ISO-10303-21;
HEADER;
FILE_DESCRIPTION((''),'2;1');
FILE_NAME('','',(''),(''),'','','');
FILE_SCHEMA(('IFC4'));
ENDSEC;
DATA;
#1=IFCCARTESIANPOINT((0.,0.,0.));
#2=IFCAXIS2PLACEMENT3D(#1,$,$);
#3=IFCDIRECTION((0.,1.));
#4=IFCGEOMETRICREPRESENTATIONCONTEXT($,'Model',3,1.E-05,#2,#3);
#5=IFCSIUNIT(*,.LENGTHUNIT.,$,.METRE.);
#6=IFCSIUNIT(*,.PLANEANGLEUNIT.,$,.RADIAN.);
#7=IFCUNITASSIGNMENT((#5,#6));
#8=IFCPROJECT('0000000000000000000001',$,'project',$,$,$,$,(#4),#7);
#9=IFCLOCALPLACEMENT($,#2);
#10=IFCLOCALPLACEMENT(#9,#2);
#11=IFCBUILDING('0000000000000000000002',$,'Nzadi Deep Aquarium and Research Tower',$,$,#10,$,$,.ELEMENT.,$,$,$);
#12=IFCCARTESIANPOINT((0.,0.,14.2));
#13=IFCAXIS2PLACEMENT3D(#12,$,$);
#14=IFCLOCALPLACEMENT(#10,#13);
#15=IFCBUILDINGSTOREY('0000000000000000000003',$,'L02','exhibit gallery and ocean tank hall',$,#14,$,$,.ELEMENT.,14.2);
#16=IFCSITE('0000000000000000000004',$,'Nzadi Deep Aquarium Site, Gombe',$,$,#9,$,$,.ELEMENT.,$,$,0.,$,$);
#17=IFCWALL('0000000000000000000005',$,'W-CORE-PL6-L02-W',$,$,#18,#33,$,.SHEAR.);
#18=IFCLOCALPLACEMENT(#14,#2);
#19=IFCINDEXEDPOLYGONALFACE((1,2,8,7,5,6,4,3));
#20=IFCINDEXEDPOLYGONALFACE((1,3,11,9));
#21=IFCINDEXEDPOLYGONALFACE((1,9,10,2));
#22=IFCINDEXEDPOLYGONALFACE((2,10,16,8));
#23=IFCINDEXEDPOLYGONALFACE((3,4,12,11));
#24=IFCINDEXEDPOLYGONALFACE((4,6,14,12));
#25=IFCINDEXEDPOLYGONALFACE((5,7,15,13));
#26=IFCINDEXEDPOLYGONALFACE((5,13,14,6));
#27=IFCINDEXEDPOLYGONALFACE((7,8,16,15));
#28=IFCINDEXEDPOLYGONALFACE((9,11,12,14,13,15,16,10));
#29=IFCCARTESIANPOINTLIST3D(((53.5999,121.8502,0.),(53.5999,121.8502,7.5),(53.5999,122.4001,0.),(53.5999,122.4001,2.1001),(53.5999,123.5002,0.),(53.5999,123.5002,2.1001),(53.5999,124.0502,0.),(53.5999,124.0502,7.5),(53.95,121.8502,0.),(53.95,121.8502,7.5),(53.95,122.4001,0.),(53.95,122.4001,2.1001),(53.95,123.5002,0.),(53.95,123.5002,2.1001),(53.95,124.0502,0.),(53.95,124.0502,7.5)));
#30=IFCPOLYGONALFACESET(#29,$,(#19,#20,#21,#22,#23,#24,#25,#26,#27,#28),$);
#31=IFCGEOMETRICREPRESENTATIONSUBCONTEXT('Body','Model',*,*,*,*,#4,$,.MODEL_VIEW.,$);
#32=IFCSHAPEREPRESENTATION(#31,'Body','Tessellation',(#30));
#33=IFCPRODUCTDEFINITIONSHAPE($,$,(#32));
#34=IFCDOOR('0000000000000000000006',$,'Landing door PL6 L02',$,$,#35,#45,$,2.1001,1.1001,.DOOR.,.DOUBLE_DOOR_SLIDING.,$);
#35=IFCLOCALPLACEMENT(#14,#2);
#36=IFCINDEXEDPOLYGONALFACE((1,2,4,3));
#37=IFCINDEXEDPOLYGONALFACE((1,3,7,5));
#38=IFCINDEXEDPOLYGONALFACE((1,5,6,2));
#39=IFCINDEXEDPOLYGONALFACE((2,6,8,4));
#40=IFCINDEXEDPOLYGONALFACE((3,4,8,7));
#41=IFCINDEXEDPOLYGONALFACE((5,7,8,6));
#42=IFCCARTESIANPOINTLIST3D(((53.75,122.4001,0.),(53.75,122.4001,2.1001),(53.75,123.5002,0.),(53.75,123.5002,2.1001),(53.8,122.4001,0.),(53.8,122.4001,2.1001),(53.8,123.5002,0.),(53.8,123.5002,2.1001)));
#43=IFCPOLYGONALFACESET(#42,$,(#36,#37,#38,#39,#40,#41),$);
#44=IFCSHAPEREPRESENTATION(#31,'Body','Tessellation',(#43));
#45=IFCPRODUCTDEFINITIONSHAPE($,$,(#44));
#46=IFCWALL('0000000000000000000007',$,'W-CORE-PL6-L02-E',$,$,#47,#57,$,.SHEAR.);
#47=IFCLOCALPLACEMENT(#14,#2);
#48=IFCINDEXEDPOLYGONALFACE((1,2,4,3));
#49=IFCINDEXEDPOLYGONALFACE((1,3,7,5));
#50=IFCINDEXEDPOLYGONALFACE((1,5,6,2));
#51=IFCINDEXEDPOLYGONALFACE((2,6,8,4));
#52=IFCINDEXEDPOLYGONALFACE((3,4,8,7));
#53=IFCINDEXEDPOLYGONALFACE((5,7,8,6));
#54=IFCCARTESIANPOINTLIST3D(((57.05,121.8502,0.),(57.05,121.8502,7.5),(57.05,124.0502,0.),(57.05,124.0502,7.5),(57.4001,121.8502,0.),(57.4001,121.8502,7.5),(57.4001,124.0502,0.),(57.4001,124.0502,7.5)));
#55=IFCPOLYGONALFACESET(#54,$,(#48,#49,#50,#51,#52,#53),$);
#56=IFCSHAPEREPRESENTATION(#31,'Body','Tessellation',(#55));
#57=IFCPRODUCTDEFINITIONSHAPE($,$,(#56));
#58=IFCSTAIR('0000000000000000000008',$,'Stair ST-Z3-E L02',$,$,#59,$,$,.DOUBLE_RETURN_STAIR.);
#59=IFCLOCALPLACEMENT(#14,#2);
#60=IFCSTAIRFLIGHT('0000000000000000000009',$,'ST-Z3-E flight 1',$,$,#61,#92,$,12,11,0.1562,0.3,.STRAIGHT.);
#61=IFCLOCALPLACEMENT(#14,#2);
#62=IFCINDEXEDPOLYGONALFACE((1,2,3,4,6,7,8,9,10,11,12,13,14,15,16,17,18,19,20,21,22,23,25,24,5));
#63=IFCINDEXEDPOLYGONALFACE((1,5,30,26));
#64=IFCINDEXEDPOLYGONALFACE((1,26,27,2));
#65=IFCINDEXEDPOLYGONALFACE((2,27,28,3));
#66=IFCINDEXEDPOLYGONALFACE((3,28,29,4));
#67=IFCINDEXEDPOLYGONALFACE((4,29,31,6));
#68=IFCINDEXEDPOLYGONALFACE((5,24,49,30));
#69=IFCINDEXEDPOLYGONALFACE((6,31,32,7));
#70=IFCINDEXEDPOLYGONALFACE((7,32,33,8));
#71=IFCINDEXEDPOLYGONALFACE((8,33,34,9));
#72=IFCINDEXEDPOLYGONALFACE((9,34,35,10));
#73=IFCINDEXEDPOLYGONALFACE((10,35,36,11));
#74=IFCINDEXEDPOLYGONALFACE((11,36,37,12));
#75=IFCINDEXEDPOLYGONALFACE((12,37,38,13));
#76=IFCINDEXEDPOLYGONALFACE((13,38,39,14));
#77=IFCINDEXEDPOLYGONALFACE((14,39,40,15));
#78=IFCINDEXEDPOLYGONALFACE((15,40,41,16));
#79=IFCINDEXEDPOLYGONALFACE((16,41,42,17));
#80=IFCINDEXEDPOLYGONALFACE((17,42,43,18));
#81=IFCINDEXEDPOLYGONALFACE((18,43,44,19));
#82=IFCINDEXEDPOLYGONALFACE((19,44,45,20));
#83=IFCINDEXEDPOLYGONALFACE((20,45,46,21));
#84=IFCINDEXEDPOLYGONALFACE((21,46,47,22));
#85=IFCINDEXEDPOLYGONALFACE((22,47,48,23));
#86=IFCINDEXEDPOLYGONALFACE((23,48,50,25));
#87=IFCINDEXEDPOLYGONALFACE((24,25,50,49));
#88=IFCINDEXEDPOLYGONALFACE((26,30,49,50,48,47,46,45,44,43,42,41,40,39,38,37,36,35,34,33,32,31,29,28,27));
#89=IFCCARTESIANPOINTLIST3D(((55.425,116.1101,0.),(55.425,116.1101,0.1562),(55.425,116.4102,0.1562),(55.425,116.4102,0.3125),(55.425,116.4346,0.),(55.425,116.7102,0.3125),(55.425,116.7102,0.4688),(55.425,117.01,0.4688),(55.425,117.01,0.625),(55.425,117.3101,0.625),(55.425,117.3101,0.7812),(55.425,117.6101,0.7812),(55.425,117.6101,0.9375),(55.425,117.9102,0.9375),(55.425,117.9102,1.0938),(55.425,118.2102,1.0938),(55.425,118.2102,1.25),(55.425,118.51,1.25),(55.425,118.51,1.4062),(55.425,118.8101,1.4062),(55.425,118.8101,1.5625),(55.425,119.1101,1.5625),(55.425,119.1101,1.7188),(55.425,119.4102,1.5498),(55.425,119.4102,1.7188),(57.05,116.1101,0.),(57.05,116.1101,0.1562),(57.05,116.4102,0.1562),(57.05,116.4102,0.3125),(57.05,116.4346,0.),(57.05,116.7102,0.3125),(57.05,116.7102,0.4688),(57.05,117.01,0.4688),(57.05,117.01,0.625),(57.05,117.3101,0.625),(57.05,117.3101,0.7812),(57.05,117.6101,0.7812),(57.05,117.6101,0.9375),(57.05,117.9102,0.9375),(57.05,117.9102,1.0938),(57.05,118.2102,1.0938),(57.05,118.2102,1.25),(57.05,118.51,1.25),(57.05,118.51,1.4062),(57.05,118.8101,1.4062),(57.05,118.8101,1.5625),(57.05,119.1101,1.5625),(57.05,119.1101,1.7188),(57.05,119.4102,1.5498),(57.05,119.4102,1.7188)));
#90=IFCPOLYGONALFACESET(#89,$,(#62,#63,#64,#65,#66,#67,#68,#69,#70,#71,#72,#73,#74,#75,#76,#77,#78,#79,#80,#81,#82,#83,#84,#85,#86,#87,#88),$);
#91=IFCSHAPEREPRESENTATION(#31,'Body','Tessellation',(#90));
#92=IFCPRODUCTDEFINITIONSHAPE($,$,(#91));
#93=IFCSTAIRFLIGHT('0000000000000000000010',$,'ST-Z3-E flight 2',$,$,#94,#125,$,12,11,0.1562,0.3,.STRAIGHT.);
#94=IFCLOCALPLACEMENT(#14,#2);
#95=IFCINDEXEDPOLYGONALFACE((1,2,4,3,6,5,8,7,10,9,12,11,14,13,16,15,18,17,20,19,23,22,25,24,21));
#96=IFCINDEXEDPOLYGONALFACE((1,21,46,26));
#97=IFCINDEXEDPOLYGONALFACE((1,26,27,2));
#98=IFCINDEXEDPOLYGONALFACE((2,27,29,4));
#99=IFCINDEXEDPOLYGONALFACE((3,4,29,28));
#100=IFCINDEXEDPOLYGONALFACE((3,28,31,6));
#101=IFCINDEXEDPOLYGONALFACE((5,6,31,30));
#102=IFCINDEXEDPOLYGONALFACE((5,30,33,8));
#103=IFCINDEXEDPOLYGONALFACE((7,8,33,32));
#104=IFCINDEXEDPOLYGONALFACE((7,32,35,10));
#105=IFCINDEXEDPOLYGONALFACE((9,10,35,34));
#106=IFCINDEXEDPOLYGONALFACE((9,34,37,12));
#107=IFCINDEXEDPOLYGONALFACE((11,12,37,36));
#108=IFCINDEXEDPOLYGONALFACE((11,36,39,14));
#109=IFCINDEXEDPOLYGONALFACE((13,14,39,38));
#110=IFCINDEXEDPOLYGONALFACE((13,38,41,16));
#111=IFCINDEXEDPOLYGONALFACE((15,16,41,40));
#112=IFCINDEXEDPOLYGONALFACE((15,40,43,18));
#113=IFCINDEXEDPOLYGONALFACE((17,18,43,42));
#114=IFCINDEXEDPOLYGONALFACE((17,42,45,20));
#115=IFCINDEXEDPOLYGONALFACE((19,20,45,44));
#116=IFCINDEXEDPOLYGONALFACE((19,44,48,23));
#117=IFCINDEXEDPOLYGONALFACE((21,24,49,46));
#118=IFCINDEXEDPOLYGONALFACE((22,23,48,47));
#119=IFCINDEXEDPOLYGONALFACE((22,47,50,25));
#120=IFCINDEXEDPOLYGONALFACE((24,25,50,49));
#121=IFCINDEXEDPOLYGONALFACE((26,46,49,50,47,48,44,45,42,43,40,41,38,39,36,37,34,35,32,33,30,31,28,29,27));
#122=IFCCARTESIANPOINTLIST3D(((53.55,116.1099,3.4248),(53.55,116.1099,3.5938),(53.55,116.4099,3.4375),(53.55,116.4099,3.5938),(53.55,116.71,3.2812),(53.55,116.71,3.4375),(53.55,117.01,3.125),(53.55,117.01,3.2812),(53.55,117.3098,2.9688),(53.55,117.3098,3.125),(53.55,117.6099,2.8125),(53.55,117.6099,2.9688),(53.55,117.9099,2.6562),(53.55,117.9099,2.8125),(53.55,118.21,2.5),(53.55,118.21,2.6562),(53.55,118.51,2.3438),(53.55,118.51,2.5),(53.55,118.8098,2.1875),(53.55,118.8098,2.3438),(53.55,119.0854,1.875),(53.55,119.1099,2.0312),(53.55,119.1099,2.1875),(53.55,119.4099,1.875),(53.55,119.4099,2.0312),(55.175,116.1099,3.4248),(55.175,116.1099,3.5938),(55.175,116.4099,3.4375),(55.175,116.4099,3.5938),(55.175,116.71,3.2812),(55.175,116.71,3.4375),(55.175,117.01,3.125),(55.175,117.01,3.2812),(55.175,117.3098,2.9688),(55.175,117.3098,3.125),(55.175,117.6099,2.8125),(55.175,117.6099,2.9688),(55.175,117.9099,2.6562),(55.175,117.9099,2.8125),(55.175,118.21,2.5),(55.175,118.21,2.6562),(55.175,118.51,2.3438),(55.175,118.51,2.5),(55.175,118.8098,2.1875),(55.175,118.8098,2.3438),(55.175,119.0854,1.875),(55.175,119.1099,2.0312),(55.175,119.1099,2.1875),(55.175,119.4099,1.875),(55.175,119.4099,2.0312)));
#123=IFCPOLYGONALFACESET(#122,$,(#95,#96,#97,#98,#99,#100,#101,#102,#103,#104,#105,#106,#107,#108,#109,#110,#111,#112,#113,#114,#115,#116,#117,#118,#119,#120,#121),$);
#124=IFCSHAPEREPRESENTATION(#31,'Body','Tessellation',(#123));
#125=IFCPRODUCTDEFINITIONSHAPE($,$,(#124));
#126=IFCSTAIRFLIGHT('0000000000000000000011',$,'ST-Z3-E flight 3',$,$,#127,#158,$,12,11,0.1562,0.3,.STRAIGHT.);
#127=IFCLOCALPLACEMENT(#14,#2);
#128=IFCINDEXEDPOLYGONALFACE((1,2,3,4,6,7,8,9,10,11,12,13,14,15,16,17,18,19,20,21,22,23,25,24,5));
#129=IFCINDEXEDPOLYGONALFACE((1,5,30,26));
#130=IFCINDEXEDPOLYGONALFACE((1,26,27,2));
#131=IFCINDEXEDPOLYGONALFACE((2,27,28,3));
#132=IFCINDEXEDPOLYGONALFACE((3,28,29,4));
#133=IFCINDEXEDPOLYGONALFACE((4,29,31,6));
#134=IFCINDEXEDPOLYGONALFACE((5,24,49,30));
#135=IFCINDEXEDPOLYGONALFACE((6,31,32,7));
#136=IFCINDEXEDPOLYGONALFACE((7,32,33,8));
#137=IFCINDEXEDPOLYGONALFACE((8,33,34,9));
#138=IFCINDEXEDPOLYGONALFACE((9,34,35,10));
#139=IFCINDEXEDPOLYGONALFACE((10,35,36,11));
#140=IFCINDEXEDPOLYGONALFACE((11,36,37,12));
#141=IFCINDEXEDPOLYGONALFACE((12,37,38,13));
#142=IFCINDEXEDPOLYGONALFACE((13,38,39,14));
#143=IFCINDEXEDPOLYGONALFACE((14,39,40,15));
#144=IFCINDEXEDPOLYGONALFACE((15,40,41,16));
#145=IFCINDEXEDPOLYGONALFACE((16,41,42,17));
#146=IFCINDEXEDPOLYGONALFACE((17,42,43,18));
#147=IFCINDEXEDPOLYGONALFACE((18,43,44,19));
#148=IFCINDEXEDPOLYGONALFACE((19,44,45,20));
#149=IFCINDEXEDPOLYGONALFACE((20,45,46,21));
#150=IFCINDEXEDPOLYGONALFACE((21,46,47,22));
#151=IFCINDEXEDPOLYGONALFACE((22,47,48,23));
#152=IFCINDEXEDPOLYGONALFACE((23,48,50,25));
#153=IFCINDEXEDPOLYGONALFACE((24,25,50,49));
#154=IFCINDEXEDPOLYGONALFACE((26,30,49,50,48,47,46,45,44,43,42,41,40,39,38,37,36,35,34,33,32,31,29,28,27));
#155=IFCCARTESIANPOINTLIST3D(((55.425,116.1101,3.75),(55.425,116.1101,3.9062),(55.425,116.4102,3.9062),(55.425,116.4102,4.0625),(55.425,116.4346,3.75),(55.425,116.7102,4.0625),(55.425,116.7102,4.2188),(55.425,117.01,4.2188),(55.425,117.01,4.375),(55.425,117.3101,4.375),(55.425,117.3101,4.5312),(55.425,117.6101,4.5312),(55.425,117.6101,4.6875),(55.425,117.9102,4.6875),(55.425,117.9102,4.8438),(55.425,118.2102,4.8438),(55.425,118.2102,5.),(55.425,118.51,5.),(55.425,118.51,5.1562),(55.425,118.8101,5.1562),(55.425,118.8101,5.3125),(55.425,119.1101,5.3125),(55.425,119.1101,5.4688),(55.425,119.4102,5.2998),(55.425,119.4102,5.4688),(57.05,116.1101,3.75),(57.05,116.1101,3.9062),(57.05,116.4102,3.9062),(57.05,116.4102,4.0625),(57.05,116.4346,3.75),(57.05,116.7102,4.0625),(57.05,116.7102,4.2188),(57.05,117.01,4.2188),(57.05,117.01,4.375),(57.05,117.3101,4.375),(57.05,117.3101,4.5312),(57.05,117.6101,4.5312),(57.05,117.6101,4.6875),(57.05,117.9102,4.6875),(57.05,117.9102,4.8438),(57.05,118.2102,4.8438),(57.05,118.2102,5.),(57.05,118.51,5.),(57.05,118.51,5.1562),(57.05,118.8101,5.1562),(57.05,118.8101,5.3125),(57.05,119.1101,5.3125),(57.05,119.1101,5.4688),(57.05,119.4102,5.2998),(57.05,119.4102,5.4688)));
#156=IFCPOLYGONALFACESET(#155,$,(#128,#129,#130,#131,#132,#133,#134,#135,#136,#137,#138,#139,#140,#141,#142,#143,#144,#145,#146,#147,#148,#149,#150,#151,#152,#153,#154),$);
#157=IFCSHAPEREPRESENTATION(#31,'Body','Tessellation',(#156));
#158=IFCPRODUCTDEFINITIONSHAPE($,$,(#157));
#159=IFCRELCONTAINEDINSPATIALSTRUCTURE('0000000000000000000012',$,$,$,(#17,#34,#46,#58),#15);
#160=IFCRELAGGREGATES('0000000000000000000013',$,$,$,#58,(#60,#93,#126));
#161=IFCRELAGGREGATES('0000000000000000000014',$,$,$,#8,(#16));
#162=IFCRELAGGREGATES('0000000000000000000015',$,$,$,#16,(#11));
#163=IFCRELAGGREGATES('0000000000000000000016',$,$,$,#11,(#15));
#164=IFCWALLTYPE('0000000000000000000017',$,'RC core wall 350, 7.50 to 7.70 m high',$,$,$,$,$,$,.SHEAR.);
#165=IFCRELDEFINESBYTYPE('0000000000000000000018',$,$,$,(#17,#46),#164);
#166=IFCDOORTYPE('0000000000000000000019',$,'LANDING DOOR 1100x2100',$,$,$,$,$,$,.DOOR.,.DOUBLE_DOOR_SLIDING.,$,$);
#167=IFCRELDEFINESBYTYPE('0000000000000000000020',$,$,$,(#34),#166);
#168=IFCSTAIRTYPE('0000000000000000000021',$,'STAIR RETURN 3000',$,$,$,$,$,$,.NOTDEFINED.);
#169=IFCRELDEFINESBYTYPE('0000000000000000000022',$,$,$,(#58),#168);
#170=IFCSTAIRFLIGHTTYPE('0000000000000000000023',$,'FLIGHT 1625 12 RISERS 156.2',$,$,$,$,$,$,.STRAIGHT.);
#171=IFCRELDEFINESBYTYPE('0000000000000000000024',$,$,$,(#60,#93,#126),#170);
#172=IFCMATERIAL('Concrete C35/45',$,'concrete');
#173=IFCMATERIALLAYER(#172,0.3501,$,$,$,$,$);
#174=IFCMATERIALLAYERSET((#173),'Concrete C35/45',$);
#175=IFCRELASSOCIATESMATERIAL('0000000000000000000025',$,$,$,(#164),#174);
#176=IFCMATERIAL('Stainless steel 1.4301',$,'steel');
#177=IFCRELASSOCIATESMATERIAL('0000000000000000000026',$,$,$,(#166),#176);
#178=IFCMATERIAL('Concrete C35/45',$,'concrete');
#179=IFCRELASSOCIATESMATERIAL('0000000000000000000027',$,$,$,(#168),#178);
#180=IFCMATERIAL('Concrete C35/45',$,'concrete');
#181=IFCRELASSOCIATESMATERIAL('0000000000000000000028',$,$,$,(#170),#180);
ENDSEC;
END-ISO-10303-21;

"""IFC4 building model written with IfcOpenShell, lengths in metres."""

from ifc_helpers import new_model, si_unit, direction, frame, frame_2d, origin, place, context, subcontext, project, spatial, polyline, rectangle, outline, extrude, material, layer, layer_set, type_object, element, fill, aggregate, save


model = new_model("IFC4")

# Units and contexts
model_context = context("Model", 3, precision=1e-05, world=origin(), true_north=direction((0.0, 1.0)))
body_context = subcontext(model_context, "Body", "Model", "MODEL_VIEW")
ifc_project = project(units=[si_unit("LENGTHUNIT", "METRE"), si_unit("PLANEANGLEUNIT", "RADIAN")], contexts=[model_context])

# Site, building, storey
site_placement = place(None, origin())
site = spatial("IfcSite", under=ifc_project, at=site_placement, Name="Nzadi Deep Aquarium Site, Gombe", CompositionType="ELEMENT", RefElevation=0.0)
building_placement = place(site_placement, origin())
building = spatial("IfcBuilding", under=site, at=building_placement, Name="Nzadi Deep Aquarium and Research Tower", CompositionType="ELEMENT")
storey_placement = place(building_placement, frame((0.0, 0.0, 14.2)))
storey = spatial("IfcBuildingStorey", under=building, at=storey_placement, Name="L02", Description="exhibit gallery and ocean tank hall", CompositionType="ELEMENT", Elevation=14.2)

# Shared definitions
ifc_material_1 = material(Name="Concrete C35/45", Category="concrete")
ifc_layer = layer(ifc_material_1, 0.3501)
ifc_layer_set = layer_set([ifc_layer], Name="Concrete C35/45")
wall_type = type_object("IfcWallType", Name="RC core wall 350, 7.50 to 7.70 m high", PredefinedType="SHEAR", material=ifc_layer_set)

# Wall, opening, door
wall_1_placement = place(storey_placement, frame((53.7749, 121.8501, 0.0), z_axis=(0.0, 0.0, 1.0), x_axis=(0.0, 1.0, 0.0)))
wall_1 = element("IfcWall", 1, at=wall_1_placement, inside=storey, type_object=wall_type, Name="W-CORE-PL6-L02-W", PredefinedType="SHEAR", context=body_context, shape_type="SweptSolid", body=[
    extrude(rectangle(XDim=2.2, YDim=0.3501, at=frame_2d((1.1001, 0.0))), origin(), (0.0, 0.0, 1.0), 7.5),
])
opening_1_placement = place(wall_1_placement, frame((0.55, 0.0, 0.0)))
opening_1 = element("IfcOpeningElement", 2, at=opening_1_placement, cuts=wall_1, PredefinedType="OPENING", context=body_context, shape_type="SweptSolid", body=[
    extrude(rectangle(XDim=1.1001, YDim=2.1001, at=frame_2d((0.55, 1.05))), frame((0.0, 0.1851, 0.0), z_axis=(0.0, -1.0, 0.0), x_axis=(1.0, 0.0, 0.0)), (0.0, 0.0, 1.0), 0.3701),
])
ifc_material_2 = material(Name="Stainless steel 1.4301", Category="steel")
door_type_1 = type_object("IfcDoorType", Name="LANDING DOOR 1100x2100", OperationType="DOUBLE_DOOR_SLIDING", PredefinedType="DOOR", material=ifc_material_2)
door_1_placement = place(opening_1_placement, origin())
door_1 = element("IfcDoor", 3, at=door_1_placement, inside=storey, type_object=door_type_1, Name="Landing door PL6 L02", OperationType="DOUBLE_DOOR_SLIDING", OverallHeight=2.1001, OverallWidth=1.1001, PredefinedType="DOOR", context=body_context, shape_type="SweptSolid", body=[
    extrude(rectangle(XDim=1.1001, YDim=2.1001, at=frame_2d((0.55, 1.05))), frame((0.0, 0.0249, 0.0), z_axis=(0.0, -1.0, 0.0), x_axis=(1.0, 0.0, 0.0)), (0.0, 0.0, 1.0), 0.05),
])
fill(opening_1, door_1)

# Wall
wall_2_placement = place(storey_placement, frame((57.2251, 121.8501, 0.0), z_axis=(0.0, 0.0, 1.0), x_axis=(0.0, 1.0, 0.0)))
element("IfcWall", 4, at=wall_2_placement, inside=storey, type_object=wall_type, Name="W-CORE-PL6-L02-E", PredefinedType="SHEAR", context=body_context, shape_type="SweptSolid", body=[
    extrude(rectangle(XDim=2.2, YDim=0.3501, at=frame_2d((1.1001, 0.0))), origin(), (0.0, 0.0, 1.0), 7.5),
])

# Stair, stair flights
ifc_material_3 = material(Name="Concrete C35/45", Category="concrete")
stair_type = type_object("IfcStairType", Name="STAIR RETURN 3000", PredefinedType="NOTDEFINED", material=ifc_material_3)
stair_placement = place(storey_placement, origin())
stair = element("IfcStair", 5, at=stair_placement, inside=storey, type_object=stair_type, Name="Stair ST-Z3-E L02", PredefinedType="DOUBLE_RETURN_STAIR")
ifc_material_4 = material(Name="Concrete C35/45", Category="concrete")
stair_flight_type = type_object("IfcStairFlightType", Name="FLIGHT 1625 12 RISERS 156.2", PredefinedType="STRAIGHT", material=ifc_material_4)
stair_flight_1_placement = place(storey_placement, frame((56.2375, 116.1101, 0.0), z_axis=(0.0, 0.0, 1.0), x_axis=(0.0, 1.0, 0.0)))
stair_flight_1 = element("IfcStairFlight", 6, at=stair_flight_1_placement, type_object=stair_flight_type, Name="ST-Z3-E flight 1", NumberOfRisers=12, NumberOfTreads=11, PredefinedType="STRAIGHT", RiserHeight=0.1562, TreadLength=0.3, context=body_context, shape_type="SweptSolid", body=[
    extrude(outline(polyline([(0.0, 0.0), (0.0, 0.1562), (0.3, 0.1562), (0.3, 0.3125), (0.6001, 0.3125), (0.6001, 0.4688), (0.8999, 0.4688), (0.8999, 0.625), (1.2, 0.625), (1.2, 0.7812), (1.5, 0.7812), (1.5, 0.9375), (1.8, 0.9375), (1.8, 1.0938), (2.1001, 1.0938), (2.1001, 1.25), (2.3999, 1.25), (2.3999, 1.4062), (2.7, 1.4062), (2.7, 1.5625), (3.0, 1.5625), (3.0, 1.7188), (3.3, 1.7188), (3.3, 1.875), (3.3, 1.5498), (0.3245, 0.0), (0.0, 0.0)])), frame((0.0, 0.8125, 0.0), z_axis=(0.0, -1.0, 0.0), x_axis=(1.0, 0.0, 0.0)), (0.0, 0.0, 1.0), 1.625),
])
stair_flight_2_placement = place(storey_placement, frame((54.3625, 119.4099, 1.875), z_axis=(0.0, 0.0, 1.0), x_axis=(0.0, -1.0, 0.0)))
stair_flight_2 = element("IfcStairFlight", 7, at=stair_flight_2_placement, type_object=stair_flight_type, Name="ST-Z3-E flight 2", NumberOfRisers=12, NumberOfTreads=11, PredefinedType="STRAIGHT", RiserHeight=0.1562, TreadLength=0.3, context=body_context, shape_type="SweptSolid", body=[
    extrude(outline(polyline([(0.0, 0.0), (0.0, 0.1562), (0.3, 0.1562), (0.3, 0.3125), (0.6001, 0.3125), (0.6001, 0.4688), (0.8999, 0.4688), (0.8999, 0.625), (1.2, 0.625), (1.2, 0.7812), (1.5, 0.7812), (1.5, 0.9375), (1.8, 0.9375), (1.8, 1.0938), (2.1001, 1.0938), (2.1001, 1.25), (2.3999, 1.25), (2.3999, 1.4062), (2.7, 1.4062), (2.7, 1.5625), (3.0, 1.5625), (3.0, 1.7188), (3.3, 1.7188), (3.3, 1.875), (3.3, 1.5498), (0.3245, 0.0), (0.0, 0.0)])), frame((0.0, 0.8125, 0.0), z_axis=(0.0, -1.0, 0.0), x_axis=(1.0, 0.0, 0.0)), (0.0, 0.0, 1.0), 1.625),
])
stair_flight_3_placement = place(storey_placement, frame((56.2375, 116.1101, 3.75), z_axis=(0.0, 0.0, 1.0), x_axis=(0.0, 1.0, 0.0)))
stair_flight_3 = element("IfcStairFlight", 8, at=stair_flight_3_placement, type_object=stair_flight_type, Name="ST-Z3-E flight 3", NumberOfRisers=12, NumberOfTreads=11, PredefinedType="STRAIGHT", RiserHeight=0.1562, TreadLength=0.3, context=body_context, shape_type="SweptSolid", body=[
    extrude(outline(polyline([(0.0, 0.0), (0.0, 0.1562), (0.3, 0.1562), (0.3, 0.3125), (0.6001, 0.3125), (0.6001, 0.4688), (0.8999, 0.4688), (0.8999, 0.625), (1.2, 0.625), (1.2, 0.7812), (1.5, 0.7812), (1.5, 0.9375), (1.8, 0.9375), (1.8, 1.0938), (2.1001, 1.0938), (2.1001, 1.25), (2.3999, 1.25), (2.3999, 1.4062), (2.7, 1.4062), (2.7, 1.5625), (3.0, 1.5625), (3.0, 1.7188), (3.3, 1.7188), (3.3, 1.875), (3.3, 1.5498), (0.3245, 0.0), (0.0, 0.0)])), frame((0.0, 0.8125, 0.0), z_axis=(0.0, -1.0, 0.0), x_axis=(1.0, 0.0, 0.0)), (0.0, 0.0, 1.0), 1.625),
])
aggregate(stair, [stair_flight_1, stair_flight_2, stair_flight_3])

save(model, "model.ifc")
